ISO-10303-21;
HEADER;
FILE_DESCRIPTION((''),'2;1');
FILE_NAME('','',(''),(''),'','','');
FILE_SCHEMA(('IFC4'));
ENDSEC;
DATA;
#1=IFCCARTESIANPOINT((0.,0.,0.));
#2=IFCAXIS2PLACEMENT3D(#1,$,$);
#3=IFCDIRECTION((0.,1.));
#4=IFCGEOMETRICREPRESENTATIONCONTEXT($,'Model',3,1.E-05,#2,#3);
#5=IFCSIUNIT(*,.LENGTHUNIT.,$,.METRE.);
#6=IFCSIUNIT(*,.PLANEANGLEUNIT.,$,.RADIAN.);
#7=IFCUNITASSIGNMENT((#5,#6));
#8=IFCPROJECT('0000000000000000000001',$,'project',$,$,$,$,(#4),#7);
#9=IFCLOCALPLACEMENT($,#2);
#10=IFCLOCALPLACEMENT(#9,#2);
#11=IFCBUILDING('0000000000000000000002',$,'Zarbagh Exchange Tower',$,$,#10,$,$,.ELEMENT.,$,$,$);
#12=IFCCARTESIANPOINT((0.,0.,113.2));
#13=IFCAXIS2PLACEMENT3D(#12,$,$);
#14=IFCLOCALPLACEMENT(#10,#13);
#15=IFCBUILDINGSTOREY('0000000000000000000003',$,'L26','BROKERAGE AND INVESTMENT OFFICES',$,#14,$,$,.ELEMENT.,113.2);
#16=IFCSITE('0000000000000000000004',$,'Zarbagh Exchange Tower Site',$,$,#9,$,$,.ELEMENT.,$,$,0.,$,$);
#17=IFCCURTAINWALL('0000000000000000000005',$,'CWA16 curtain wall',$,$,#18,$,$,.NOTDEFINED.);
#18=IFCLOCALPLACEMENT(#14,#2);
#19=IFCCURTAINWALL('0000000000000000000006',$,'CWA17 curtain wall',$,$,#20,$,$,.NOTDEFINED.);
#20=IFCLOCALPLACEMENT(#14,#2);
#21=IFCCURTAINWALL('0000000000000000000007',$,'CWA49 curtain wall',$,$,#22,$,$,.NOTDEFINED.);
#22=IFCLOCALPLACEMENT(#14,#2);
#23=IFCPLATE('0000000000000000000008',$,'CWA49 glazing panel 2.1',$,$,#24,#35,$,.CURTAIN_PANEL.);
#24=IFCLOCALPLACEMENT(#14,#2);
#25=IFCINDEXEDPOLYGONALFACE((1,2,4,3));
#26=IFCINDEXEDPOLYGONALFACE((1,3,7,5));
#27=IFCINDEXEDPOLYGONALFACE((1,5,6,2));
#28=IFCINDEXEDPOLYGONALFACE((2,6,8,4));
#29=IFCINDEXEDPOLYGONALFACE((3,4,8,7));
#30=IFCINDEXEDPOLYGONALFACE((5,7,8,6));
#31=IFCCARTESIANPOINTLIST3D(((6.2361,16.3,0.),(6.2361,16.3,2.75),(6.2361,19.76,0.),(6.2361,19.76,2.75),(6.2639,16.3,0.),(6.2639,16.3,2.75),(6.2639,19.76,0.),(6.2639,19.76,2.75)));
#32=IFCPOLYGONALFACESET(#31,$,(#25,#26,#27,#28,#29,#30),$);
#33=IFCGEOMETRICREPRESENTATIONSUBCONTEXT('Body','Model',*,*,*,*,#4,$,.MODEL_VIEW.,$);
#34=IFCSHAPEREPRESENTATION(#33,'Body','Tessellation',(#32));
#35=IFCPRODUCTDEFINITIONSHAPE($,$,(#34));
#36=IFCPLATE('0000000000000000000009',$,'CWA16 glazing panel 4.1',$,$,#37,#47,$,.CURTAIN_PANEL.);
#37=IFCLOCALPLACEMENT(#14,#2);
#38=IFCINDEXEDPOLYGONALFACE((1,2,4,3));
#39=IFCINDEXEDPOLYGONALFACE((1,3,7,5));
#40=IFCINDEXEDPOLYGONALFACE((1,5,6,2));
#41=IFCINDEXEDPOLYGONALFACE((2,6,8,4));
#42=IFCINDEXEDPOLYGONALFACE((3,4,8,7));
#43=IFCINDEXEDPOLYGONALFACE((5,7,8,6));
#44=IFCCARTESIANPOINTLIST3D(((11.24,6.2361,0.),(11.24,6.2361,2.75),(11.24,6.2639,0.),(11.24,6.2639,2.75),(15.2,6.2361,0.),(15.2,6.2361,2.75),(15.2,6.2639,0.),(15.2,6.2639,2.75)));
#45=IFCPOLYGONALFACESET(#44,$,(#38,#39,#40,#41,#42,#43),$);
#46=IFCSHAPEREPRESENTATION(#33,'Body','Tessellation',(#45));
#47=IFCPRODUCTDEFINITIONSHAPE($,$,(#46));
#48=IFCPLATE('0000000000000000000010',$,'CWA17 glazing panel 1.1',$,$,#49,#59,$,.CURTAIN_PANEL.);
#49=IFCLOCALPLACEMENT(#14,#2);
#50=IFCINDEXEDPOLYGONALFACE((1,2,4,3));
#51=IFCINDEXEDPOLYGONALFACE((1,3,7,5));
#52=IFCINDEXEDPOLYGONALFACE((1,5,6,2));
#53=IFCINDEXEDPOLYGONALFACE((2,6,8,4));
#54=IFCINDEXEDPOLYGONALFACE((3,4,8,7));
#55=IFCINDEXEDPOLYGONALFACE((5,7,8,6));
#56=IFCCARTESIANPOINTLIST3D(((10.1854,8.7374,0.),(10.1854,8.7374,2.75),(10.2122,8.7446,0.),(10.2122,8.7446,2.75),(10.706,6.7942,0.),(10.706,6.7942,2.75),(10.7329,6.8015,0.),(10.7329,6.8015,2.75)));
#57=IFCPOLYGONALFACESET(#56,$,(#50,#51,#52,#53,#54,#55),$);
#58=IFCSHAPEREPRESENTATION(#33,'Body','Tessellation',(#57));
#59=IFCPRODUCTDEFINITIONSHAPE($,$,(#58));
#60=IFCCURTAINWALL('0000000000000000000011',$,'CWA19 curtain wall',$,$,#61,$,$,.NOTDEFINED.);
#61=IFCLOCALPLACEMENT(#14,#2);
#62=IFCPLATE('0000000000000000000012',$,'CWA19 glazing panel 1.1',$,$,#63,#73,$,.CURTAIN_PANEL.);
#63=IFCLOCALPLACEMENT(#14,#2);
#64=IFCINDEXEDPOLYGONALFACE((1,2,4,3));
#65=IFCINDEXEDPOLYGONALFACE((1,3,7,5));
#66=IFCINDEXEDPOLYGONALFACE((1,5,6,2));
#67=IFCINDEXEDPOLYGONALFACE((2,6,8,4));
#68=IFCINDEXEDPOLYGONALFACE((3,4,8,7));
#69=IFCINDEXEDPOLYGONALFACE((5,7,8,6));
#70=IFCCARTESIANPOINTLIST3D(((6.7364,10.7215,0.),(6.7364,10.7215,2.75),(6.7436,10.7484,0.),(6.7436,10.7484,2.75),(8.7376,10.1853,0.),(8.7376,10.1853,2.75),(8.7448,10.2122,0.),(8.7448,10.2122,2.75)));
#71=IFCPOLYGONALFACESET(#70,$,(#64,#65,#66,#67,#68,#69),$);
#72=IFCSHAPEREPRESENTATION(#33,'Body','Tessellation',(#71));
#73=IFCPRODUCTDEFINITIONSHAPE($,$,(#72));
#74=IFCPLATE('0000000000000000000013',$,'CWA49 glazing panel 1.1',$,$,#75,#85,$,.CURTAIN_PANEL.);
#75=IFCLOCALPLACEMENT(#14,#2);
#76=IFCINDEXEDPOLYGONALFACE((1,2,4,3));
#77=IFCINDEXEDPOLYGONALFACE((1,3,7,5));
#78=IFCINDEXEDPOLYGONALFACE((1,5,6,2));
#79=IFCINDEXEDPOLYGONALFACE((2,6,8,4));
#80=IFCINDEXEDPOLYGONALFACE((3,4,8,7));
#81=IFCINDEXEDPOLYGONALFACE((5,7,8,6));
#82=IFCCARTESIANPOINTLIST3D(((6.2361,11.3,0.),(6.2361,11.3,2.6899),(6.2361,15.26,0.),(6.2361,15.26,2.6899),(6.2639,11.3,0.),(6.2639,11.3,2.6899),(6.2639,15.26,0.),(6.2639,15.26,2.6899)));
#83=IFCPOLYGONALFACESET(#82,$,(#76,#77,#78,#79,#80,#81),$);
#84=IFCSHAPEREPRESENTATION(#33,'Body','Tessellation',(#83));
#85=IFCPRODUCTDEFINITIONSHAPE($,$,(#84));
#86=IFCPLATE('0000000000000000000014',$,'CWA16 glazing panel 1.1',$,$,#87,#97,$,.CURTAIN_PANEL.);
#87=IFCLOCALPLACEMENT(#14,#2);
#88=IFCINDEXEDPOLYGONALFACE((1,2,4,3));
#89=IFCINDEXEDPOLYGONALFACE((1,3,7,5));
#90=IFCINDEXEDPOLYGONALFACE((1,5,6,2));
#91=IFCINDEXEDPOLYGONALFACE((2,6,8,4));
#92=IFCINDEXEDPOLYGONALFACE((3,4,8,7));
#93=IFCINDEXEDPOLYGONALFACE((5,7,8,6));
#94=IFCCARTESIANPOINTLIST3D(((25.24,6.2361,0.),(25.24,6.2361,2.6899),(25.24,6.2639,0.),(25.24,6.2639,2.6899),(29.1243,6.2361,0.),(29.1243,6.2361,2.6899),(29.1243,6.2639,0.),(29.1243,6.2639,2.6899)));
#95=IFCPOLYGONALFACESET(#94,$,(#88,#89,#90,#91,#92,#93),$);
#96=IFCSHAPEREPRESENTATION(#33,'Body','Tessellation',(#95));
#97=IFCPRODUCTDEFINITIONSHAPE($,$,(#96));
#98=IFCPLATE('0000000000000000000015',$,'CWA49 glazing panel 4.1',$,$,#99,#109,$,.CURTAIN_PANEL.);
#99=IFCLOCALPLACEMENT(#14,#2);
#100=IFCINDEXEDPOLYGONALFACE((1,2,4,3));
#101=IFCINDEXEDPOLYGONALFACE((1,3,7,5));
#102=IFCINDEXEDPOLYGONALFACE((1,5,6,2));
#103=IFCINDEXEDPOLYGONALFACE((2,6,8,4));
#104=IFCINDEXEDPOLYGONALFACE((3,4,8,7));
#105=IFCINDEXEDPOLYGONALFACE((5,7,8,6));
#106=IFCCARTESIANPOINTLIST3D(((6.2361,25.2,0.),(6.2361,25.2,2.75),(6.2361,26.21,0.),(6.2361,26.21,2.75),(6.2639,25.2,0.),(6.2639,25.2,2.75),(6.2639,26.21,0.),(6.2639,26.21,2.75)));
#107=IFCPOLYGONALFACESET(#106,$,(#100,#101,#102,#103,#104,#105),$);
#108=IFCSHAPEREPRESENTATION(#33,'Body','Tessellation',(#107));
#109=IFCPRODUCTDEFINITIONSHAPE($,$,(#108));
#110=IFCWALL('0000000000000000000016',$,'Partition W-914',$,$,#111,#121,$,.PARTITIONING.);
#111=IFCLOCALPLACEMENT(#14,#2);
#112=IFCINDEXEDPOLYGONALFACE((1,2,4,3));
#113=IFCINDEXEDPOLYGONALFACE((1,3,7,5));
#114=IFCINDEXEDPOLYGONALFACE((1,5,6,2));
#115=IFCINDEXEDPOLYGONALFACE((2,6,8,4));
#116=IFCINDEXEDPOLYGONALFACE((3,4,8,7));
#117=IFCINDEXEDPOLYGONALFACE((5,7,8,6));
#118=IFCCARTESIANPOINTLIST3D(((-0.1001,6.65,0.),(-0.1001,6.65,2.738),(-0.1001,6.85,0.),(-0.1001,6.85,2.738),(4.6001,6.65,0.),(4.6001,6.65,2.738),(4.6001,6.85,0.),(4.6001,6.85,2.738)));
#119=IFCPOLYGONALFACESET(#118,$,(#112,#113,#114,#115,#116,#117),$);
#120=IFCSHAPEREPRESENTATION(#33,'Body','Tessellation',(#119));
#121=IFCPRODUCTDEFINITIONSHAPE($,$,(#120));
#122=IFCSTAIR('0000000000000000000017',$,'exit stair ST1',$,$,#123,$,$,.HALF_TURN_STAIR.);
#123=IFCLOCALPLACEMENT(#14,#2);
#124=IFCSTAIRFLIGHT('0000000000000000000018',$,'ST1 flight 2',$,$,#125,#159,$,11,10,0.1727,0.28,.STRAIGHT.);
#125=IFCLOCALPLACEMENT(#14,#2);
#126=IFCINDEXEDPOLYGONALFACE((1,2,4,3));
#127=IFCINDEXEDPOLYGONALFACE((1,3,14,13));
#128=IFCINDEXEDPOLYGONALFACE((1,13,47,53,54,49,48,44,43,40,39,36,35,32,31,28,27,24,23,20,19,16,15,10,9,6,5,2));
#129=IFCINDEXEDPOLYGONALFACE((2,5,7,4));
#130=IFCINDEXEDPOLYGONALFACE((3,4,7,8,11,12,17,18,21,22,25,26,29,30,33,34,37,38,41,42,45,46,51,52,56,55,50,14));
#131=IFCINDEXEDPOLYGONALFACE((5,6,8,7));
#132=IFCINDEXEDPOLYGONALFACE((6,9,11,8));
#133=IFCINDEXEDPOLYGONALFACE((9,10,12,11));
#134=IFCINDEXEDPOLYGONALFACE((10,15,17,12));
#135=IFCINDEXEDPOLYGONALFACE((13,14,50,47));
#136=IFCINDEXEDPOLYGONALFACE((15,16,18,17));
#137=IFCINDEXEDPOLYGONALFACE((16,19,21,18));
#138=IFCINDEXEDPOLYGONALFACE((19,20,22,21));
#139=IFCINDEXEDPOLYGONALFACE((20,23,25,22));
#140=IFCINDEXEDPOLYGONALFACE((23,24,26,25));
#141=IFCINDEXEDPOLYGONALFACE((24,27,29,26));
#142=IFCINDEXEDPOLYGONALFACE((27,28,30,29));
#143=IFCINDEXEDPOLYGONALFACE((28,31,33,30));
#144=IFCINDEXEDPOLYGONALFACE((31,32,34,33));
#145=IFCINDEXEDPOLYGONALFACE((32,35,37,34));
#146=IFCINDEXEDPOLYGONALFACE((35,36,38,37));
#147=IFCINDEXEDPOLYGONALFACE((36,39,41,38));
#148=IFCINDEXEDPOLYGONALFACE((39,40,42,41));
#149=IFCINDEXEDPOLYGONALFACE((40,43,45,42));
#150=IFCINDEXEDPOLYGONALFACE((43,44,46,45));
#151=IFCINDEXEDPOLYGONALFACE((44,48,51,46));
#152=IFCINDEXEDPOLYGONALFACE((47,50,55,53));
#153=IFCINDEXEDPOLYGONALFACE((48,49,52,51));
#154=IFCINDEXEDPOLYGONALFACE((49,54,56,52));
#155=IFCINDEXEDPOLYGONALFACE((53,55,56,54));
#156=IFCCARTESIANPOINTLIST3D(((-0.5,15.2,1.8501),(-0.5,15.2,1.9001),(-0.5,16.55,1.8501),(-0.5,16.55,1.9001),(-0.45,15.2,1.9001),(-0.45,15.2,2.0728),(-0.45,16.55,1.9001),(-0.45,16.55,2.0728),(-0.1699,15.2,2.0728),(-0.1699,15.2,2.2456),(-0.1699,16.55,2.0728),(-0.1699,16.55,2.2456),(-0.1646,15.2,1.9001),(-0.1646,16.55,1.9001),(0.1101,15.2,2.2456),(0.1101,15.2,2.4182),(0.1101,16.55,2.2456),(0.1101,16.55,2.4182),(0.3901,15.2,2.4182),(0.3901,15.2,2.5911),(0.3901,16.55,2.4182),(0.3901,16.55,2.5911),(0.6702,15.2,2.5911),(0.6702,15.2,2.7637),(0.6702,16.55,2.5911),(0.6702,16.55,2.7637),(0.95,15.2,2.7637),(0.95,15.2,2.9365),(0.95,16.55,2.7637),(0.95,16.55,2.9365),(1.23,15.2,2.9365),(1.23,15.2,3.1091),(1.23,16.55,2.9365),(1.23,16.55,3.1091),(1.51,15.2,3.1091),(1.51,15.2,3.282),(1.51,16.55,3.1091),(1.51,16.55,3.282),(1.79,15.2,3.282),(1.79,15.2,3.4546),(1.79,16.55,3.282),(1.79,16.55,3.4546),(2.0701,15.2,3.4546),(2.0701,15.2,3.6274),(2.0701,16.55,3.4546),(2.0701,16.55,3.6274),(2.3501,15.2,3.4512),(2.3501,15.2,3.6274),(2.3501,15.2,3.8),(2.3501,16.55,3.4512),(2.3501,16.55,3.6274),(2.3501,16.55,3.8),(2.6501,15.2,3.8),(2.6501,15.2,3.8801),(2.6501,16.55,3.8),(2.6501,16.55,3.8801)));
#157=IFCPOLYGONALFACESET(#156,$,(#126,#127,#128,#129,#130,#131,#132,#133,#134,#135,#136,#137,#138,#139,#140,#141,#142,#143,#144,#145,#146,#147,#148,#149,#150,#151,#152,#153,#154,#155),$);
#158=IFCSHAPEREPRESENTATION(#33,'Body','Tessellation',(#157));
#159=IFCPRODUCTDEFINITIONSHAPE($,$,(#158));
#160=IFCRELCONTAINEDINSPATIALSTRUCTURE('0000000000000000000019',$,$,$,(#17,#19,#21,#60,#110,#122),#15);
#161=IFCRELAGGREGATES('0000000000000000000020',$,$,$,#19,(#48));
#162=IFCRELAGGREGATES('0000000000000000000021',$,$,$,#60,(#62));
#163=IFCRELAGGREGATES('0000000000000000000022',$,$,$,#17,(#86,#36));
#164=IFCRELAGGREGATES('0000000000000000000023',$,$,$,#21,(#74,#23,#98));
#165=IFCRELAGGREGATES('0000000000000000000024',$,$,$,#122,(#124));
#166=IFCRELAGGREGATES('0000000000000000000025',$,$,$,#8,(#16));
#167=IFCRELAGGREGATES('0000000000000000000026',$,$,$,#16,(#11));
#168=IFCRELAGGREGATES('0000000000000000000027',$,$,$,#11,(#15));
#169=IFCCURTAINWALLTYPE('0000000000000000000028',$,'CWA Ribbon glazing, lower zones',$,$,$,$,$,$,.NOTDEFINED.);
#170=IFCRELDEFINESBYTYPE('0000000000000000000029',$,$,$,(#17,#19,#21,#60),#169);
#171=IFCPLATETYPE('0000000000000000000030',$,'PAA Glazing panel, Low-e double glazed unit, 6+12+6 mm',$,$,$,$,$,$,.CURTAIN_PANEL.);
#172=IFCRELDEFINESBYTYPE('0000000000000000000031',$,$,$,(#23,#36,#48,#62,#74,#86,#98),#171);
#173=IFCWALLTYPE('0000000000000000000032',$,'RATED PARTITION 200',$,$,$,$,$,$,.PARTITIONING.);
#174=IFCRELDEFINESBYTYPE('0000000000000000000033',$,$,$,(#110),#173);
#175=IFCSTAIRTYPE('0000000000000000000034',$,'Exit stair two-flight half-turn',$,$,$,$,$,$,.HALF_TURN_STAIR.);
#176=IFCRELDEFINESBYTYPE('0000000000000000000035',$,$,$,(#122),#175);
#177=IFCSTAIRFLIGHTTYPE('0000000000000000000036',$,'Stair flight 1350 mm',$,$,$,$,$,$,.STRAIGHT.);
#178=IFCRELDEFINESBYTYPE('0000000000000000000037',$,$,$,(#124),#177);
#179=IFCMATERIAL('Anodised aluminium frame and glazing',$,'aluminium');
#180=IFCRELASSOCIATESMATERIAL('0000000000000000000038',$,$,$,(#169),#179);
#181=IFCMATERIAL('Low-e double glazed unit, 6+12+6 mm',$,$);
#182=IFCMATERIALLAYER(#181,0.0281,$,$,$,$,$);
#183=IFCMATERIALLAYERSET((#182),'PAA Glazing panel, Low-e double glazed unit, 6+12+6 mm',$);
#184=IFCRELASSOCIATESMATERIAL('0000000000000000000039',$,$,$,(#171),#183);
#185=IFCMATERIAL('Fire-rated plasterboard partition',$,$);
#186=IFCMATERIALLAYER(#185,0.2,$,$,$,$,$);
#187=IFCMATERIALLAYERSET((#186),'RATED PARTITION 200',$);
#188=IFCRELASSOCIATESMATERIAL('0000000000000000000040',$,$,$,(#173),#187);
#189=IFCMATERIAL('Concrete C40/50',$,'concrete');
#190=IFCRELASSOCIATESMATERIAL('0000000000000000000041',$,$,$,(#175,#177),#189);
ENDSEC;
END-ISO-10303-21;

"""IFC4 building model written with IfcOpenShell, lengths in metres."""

from ifc_helpers import new_model, si_unit, direction, frame, frame_2d, origin, place, context, subcontext, project, spatial, polyline, rectangle, outline, extrude, source, transform, mapped, material, layer, layer_set, type_object, element, aggregate, save


model = new_model("IFC4")

# Units and contexts
model_context = context("Model", 3, precision=1e-05, world=origin(), true_north=direction((0.0, 1.0)))
body_context = subcontext(model_context, "Body", "Model", "MODEL_VIEW")
ifc_project = project(units=[si_unit("LENGTHUNIT", "METRE"), si_unit("PLANEANGLEUNIT", "RADIAN")], contexts=[model_context])

# Site, building, storey
site_placement = place(None, origin())
site = spatial("IfcSite", under=ifc_project, at=site_placement, Name="Zarbagh Exchange Tower Site", CompositionType="ELEMENT", RefElevation=0.0)
building_placement = place(site_placement, origin())
building = spatial("IfcBuilding", under=site, at=building_placement, Name="Zarbagh Exchange Tower", CompositionType="ELEMENT")
storey_placement = place(building_placement, frame((0.0, 0.0, 113.2)))
storey = spatial("IfcBuildingStorey", under=building, at=storey_placement, Name="L26", Description="BROKERAGE AND INVESTMENT OFFICES", CompositionType="ELEMENT", Elevation=113.2)

# Curtain wall
ifc_material_1 = material(Name="Anodised aluminium frame and glazing", Category="aluminium")
curtain_wall_type = type_object("IfcCurtainWallType", Name="CWA Ribbon glazing, lower zones", PredefinedType="NOTDEFINED", material=ifc_material_1)
curtain_wall_1_placement = place(storey_placement, origin())
curtain_wall_1 = element("IfcCurtainWall", 1, at=curtain_wall_1_placement, inside=storey, type_object=curtain_wall_type, Name="CWA16 curtain wall", PredefinedType="NOTDEFINED")
placement = place(storey_placement, origin())

# Curtain wall
curtain_wall_2_placement = place(storey_placement, origin())
curtain_wall_2 = element("IfcCurtainWall", 2, at=curtain_wall_2_placement, inside=storey, type_object=curtain_wall_type, Name="CWA17 curtain wall", PredefinedType="NOTDEFINED")

# Curtain wall
curtain_wall_3_placement = place(storey_placement, origin())
curtain_wall_3 = element("IfcCurtainWall", 3, at=curtain_wall_3_placement, inside=storey, type_object=curtain_wall_type, Name="CWA49 curtain wall", PredefinedType="NOTDEFINED")

# Shared definitions
ifc_material_2 = material(Name="Low-e double glazed unit, 6+12+6 mm")
ifc_layer_1 = layer(ifc_material_2, 0.0281)
ifc_layer_set_1 = layer_set([ifc_layer_1], Name="PAA Glazing panel, Low-e double glazed unit, 6+12+6 mm")
plate_type = type_object("IfcPlateType", Name="PAA Glazing panel, Low-e double glazed unit, 6+12+6 mm", PredefinedType="CURTAIN_PANEL", material=ifc_layer_set_1)

# Plates
shared_shape_1 = source(origin(), body_context, "Body", "SweptSolid", [
    extrude(outline(polyline([(0.0, -0.0139), (3.46, -0.0139), (3.46, 0.0139), (0.0, 0.0139), (0.0, -0.0139)])), origin(), (0.0, 0.0, 1.0), 2.75),
])
plate_1 = element("IfcPlate", 4, at=placement, type_object=plate_type, Name="CWA49 glazing panel 2.1", PredefinedType="CURTAIN_PANEL", context=body_context, shape_type="MappedRepresentation", body=[
    mapped(shared_shape_1, transform((6.25, 16.3, 0.0), x_axis=(0.0, 1.0, 0.0), y_axis=(-1.0, 0.0, 0.0), z_axis=(0.0, 0.0, 1.0))),
])
shared_shape_2 = source(origin(), body_context, "Body", "SweptSolid", [
    extrude(outline(polyline([(0.0, -0.0139), (3.96, -0.0139), (3.96, 0.0139), (0.0, 0.0139), (0.0, -0.0139)])), origin(), (0.0, 0.0, 1.0), 2.75),
])
plate_2 = element("IfcPlate", 5, at=placement, type_object=plate_type, Name="CWA16 glazing panel 4.1", PredefinedType="CURTAIN_PANEL", context=body_context, shape_type="MappedRepresentation", body=[
    mapped(shared_shape_2, transform((15.2, 6.25, 0.0), x_axis=(-1.0, 0.0, 0.0), y_axis=(0.0, -1.0, 0.0), z_axis=(0.0, 0.0, 1.0))),
])
shared_shape_3 = source(origin(), body_context, "Body", "SweptSolid", [
    extrude(outline(polyline([(0.0, -0.0139), (2.0117, -0.0139), (2.0117, 0.0139), (0.0, 0.0139), (0.0, -0.0139)])), origin(), (0.0, 0.0, 1.0), 2.75),
])
plate_3 = element("IfcPlate", 6, at=placement, type_object=plate_type, Name="CWA17 glazing panel 1.1", PredefinedType="CURTAIN_PANEL", context=body_context, shape_type="MappedRepresentation", body=[
    mapped(shared_shape_3, transform((10.7195, 6.7979, 0.0), x_axis=(-0.258825, 0.965924, 0.0), y_axis=(-0.965924, -0.258825, 0.0), z_axis=(0.0, 0.0, 1.0))),
])
aggregate(curtain_wall_2, [plate_3])

# Curtain wall, plate
curtain_wall_4_placement = place(storey_placement, origin())
curtain_wall_4 = element("IfcCurtainWall", 7, at=curtain_wall_4_placement, inside=storey, type_object=curtain_wall_type, Name="CWA19 curtain wall", PredefinedType="NOTDEFINED")
shared_shape_4 = source(origin(), body_context, "Body", "SweptSolid", [
    extrude(outline(polyline([(0.0, -0.0139), (2.0718, -0.0139), (2.0718, 0.0139), (0.0, 0.0139), (0.0, -0.0139)])), origin(), (0.0, 0.0, 1.0), 2.75),
])
plate_4 = element("IfcPlate", 8, at=placement, type_object=plate_type, Name="CWA19 glazing panel 1.1", PredefinedType="CURTAIN_PANEL", context=body_context, shape_type="MappedRepresentation", body=[
    mapped(shared_shape_4, transform((8.7412, 10.1987, 0.0), x_axis=(-0.965924, 0.258825, 0.0), y_axis=(-0.258825, -0.965924, 0.0), z_axis=(0.0, 0.0, 1.0))),
])
aggregate(curtain_wall_4, [plate_4])

# Plates
shared_shape_5 = source(origin(), body_context, "Body", "SweptSolid", [
    extrude(outline(polyline([(0.0, -0.0139), (3.96, -0.0139), (3.96, 0.0139), (0.0, 0.0139), (0.0, -0.0139)])), origin(), (0.0, 0.0, 1.0), 2.6899),
])
plate_5 = element("IfcPlate", 9, at=placement, type_object=plate_type, Name="CWA49 glazing panel 1.1", PredefinedType="CURTAIN_PANEL", context=body_context, shape_type="MappedRepresentation", body=[
    mapped(shared_shape_5, transform((6.25, 11.3, 0.0), x_axis=(0.0, 1.0, 0.0), y_axis=(-1.0, 0.0, 0.0), z_axis=(0.0, 0.0, 1.0))),
])
shared_shape_6 = source(origin(), body_context, "Body", "SweptSolid", [
    extrude(outline(polyline([(0.0, -0.0139), (3.8843, -0.0139), (3.8843, 0.0139), (0.0, 0.0139), (0.0, -0.0139)])), origin(), (0.0, 0.0, 1.0), 2.6899),
])
plate_6 = element("IfcPlate", 10, at=placement, type_object=plate_type, Name="CWA16 glazing panel 1.1", PredefinedType="CURTAIN_PANEL", context=body_context, shape_type="MappedRepresentation", body=[
    mapped(shared_shape_6, transform((29.1243, 6.25, 0.0), x_axis=(-1.0, 0.0, 0.0), y_axis=(0.0, -1.0, 0.0), z_axis=(0.0, 0.0, 1.0))),
])
aggregate(curtain_wall_1, [plate_6, plate_2])
shared_shape_7 = source(origin(), body_context, "Body", "SweptSolid", [
    extrude(outline(polyline([(0.0, -0.0139), (1.01, -0.0139), (1.01, 0.0139), (0.0, 0.0139), (0.0, -0.0139)])), origin(), (0.0, 0.0, 1.0), 2.75),
])
plate_7 = element("IfcPlate", 11, at=placement, type_object=plate_type, Name="CWA49 glazing panel 4.1", PredefinedType="CURTAIN_PANEL", context=body_context, shape_type="MappedRepresentation", body=[
    mapped(shared_shape_7, transform((6.25, 25.2, 0.0), x_axis=(0.0, 1.0, 0.0), y_axis=(-1.0, 0.0, 0.0), z_axis=(0.0, 0.0, 1.0))),
])
aggregate(curtain_wall_3, [plate_5, plate_1, plate_7])

# Wall
ifc_material_3 = material(Name="Fire-rated plasterboard partition")
ifc_layer_2 = layer(ifc_material_3, 0.2)
ifc_layer_set_2 = layer_set([ifc_layer_2], Name="RATED PARTITION 200")
wall_type = type_object("IfcWallType", Name="RATED PARTITION 200", PredefinedType="PARTITIONING", material=ifc_layer_set_2)
wall_placement = place(storey_placement, frame((-0.1001, 6.75, 0.0), z_axis=(0.0, 0.0, 1.0), x_axis=(1.0, 0.0, 0.0)))
element("IfcWall", 12, at=wall_placement, inside=storey, type_object=wall_type, Name="Partition W-914", PredefinedType="PARTITIONING", context=body_context, shape_type="SweptSolid", body=[
    extrude(rectangle(XDim=4.7002, YDim=0.2, at=frame_2d((2.3501, 0.0))), origin(), (0.0, 0.0, 1.0), 2.738),
])

# Stair, stair flight
ifc_material_4 = material(Name="Concrete C40/50", Category="concrete")
stair_type = type_object("IfcStairType", Name="Exit stair two-flight half-turn", PredefinedType="HALF_TURN_STAIR", material=ifc_material_4)
stair_placement = place(storey_placement, origin())
stair = element("IfcStair", 13, at=stair_placement, inside=storey, type_object=stair_type, Name="exit stair ST1", PredefinedType="HALF_TURN_STAIR")
stair_flight_type = type_object("IfcStairFlightType", Name="Stair flight 1350 mm", PredefinedType="STRAIGHT", material=ifc_material_4)
stair_flight_placement = place(storey_placement, frame((-0.45, 15.875, 1.9001), z_axis=(0.0, 0.0, 1.0), x_axis=(1.0, 0.0, 0.0)))
stair_flight = element("IfcStairFlight", 14, at=stair_flight_placement, type_object=stair_flight_type, Name="ST1 flight 2", NumberOfRisers=11, NumberOfTreads=10, PredefinedType="STRAIGHT", RiserHeight=0.1727, TreadLength=0.28, context=body_context, shape_type="SweptSolid", body=[
    extrude(outline(polyline([(-0.05, -0.05), (-0.05, 0.0), (0.0, 0.0), (0.0, 0.1726), (0.28, 0.1726), (0.28, 0.3455), (0.5601, 0.3455), (0.5601, 0.5181), (0.8401, 0.5181), (0.8401, 0.6909), (1.1201, 0.6909), (1.1201, 0.8635), (1.3999, 0.8635), (1.3999, 1.0364), (1.6799, 1.0364), (1.6799, 1.209), (1.96, 1.209), (1.96, 1.3818), (2.24, 1.3818), (2.24, 1.5544), (2.52, 1.5544), (2.52, 1.7273), (2.8, 1.7273), (2.8, 1.8999), (3.1001, 1.98), (3.1001, 1.8999), (2.8, 1.551), (0.2854, 0.0), (-0.05, -0.05)])), frame((0.0, 0.675, 0.0), z_axis=(0.0, -1.0, 0.0), x_axis=(1.0, 0.0, 0.0)), (0.0, 0.0, 1.0), 1.3501),
])
aggregate(stair, [stair_flight])

save(model, "model.ifc")
